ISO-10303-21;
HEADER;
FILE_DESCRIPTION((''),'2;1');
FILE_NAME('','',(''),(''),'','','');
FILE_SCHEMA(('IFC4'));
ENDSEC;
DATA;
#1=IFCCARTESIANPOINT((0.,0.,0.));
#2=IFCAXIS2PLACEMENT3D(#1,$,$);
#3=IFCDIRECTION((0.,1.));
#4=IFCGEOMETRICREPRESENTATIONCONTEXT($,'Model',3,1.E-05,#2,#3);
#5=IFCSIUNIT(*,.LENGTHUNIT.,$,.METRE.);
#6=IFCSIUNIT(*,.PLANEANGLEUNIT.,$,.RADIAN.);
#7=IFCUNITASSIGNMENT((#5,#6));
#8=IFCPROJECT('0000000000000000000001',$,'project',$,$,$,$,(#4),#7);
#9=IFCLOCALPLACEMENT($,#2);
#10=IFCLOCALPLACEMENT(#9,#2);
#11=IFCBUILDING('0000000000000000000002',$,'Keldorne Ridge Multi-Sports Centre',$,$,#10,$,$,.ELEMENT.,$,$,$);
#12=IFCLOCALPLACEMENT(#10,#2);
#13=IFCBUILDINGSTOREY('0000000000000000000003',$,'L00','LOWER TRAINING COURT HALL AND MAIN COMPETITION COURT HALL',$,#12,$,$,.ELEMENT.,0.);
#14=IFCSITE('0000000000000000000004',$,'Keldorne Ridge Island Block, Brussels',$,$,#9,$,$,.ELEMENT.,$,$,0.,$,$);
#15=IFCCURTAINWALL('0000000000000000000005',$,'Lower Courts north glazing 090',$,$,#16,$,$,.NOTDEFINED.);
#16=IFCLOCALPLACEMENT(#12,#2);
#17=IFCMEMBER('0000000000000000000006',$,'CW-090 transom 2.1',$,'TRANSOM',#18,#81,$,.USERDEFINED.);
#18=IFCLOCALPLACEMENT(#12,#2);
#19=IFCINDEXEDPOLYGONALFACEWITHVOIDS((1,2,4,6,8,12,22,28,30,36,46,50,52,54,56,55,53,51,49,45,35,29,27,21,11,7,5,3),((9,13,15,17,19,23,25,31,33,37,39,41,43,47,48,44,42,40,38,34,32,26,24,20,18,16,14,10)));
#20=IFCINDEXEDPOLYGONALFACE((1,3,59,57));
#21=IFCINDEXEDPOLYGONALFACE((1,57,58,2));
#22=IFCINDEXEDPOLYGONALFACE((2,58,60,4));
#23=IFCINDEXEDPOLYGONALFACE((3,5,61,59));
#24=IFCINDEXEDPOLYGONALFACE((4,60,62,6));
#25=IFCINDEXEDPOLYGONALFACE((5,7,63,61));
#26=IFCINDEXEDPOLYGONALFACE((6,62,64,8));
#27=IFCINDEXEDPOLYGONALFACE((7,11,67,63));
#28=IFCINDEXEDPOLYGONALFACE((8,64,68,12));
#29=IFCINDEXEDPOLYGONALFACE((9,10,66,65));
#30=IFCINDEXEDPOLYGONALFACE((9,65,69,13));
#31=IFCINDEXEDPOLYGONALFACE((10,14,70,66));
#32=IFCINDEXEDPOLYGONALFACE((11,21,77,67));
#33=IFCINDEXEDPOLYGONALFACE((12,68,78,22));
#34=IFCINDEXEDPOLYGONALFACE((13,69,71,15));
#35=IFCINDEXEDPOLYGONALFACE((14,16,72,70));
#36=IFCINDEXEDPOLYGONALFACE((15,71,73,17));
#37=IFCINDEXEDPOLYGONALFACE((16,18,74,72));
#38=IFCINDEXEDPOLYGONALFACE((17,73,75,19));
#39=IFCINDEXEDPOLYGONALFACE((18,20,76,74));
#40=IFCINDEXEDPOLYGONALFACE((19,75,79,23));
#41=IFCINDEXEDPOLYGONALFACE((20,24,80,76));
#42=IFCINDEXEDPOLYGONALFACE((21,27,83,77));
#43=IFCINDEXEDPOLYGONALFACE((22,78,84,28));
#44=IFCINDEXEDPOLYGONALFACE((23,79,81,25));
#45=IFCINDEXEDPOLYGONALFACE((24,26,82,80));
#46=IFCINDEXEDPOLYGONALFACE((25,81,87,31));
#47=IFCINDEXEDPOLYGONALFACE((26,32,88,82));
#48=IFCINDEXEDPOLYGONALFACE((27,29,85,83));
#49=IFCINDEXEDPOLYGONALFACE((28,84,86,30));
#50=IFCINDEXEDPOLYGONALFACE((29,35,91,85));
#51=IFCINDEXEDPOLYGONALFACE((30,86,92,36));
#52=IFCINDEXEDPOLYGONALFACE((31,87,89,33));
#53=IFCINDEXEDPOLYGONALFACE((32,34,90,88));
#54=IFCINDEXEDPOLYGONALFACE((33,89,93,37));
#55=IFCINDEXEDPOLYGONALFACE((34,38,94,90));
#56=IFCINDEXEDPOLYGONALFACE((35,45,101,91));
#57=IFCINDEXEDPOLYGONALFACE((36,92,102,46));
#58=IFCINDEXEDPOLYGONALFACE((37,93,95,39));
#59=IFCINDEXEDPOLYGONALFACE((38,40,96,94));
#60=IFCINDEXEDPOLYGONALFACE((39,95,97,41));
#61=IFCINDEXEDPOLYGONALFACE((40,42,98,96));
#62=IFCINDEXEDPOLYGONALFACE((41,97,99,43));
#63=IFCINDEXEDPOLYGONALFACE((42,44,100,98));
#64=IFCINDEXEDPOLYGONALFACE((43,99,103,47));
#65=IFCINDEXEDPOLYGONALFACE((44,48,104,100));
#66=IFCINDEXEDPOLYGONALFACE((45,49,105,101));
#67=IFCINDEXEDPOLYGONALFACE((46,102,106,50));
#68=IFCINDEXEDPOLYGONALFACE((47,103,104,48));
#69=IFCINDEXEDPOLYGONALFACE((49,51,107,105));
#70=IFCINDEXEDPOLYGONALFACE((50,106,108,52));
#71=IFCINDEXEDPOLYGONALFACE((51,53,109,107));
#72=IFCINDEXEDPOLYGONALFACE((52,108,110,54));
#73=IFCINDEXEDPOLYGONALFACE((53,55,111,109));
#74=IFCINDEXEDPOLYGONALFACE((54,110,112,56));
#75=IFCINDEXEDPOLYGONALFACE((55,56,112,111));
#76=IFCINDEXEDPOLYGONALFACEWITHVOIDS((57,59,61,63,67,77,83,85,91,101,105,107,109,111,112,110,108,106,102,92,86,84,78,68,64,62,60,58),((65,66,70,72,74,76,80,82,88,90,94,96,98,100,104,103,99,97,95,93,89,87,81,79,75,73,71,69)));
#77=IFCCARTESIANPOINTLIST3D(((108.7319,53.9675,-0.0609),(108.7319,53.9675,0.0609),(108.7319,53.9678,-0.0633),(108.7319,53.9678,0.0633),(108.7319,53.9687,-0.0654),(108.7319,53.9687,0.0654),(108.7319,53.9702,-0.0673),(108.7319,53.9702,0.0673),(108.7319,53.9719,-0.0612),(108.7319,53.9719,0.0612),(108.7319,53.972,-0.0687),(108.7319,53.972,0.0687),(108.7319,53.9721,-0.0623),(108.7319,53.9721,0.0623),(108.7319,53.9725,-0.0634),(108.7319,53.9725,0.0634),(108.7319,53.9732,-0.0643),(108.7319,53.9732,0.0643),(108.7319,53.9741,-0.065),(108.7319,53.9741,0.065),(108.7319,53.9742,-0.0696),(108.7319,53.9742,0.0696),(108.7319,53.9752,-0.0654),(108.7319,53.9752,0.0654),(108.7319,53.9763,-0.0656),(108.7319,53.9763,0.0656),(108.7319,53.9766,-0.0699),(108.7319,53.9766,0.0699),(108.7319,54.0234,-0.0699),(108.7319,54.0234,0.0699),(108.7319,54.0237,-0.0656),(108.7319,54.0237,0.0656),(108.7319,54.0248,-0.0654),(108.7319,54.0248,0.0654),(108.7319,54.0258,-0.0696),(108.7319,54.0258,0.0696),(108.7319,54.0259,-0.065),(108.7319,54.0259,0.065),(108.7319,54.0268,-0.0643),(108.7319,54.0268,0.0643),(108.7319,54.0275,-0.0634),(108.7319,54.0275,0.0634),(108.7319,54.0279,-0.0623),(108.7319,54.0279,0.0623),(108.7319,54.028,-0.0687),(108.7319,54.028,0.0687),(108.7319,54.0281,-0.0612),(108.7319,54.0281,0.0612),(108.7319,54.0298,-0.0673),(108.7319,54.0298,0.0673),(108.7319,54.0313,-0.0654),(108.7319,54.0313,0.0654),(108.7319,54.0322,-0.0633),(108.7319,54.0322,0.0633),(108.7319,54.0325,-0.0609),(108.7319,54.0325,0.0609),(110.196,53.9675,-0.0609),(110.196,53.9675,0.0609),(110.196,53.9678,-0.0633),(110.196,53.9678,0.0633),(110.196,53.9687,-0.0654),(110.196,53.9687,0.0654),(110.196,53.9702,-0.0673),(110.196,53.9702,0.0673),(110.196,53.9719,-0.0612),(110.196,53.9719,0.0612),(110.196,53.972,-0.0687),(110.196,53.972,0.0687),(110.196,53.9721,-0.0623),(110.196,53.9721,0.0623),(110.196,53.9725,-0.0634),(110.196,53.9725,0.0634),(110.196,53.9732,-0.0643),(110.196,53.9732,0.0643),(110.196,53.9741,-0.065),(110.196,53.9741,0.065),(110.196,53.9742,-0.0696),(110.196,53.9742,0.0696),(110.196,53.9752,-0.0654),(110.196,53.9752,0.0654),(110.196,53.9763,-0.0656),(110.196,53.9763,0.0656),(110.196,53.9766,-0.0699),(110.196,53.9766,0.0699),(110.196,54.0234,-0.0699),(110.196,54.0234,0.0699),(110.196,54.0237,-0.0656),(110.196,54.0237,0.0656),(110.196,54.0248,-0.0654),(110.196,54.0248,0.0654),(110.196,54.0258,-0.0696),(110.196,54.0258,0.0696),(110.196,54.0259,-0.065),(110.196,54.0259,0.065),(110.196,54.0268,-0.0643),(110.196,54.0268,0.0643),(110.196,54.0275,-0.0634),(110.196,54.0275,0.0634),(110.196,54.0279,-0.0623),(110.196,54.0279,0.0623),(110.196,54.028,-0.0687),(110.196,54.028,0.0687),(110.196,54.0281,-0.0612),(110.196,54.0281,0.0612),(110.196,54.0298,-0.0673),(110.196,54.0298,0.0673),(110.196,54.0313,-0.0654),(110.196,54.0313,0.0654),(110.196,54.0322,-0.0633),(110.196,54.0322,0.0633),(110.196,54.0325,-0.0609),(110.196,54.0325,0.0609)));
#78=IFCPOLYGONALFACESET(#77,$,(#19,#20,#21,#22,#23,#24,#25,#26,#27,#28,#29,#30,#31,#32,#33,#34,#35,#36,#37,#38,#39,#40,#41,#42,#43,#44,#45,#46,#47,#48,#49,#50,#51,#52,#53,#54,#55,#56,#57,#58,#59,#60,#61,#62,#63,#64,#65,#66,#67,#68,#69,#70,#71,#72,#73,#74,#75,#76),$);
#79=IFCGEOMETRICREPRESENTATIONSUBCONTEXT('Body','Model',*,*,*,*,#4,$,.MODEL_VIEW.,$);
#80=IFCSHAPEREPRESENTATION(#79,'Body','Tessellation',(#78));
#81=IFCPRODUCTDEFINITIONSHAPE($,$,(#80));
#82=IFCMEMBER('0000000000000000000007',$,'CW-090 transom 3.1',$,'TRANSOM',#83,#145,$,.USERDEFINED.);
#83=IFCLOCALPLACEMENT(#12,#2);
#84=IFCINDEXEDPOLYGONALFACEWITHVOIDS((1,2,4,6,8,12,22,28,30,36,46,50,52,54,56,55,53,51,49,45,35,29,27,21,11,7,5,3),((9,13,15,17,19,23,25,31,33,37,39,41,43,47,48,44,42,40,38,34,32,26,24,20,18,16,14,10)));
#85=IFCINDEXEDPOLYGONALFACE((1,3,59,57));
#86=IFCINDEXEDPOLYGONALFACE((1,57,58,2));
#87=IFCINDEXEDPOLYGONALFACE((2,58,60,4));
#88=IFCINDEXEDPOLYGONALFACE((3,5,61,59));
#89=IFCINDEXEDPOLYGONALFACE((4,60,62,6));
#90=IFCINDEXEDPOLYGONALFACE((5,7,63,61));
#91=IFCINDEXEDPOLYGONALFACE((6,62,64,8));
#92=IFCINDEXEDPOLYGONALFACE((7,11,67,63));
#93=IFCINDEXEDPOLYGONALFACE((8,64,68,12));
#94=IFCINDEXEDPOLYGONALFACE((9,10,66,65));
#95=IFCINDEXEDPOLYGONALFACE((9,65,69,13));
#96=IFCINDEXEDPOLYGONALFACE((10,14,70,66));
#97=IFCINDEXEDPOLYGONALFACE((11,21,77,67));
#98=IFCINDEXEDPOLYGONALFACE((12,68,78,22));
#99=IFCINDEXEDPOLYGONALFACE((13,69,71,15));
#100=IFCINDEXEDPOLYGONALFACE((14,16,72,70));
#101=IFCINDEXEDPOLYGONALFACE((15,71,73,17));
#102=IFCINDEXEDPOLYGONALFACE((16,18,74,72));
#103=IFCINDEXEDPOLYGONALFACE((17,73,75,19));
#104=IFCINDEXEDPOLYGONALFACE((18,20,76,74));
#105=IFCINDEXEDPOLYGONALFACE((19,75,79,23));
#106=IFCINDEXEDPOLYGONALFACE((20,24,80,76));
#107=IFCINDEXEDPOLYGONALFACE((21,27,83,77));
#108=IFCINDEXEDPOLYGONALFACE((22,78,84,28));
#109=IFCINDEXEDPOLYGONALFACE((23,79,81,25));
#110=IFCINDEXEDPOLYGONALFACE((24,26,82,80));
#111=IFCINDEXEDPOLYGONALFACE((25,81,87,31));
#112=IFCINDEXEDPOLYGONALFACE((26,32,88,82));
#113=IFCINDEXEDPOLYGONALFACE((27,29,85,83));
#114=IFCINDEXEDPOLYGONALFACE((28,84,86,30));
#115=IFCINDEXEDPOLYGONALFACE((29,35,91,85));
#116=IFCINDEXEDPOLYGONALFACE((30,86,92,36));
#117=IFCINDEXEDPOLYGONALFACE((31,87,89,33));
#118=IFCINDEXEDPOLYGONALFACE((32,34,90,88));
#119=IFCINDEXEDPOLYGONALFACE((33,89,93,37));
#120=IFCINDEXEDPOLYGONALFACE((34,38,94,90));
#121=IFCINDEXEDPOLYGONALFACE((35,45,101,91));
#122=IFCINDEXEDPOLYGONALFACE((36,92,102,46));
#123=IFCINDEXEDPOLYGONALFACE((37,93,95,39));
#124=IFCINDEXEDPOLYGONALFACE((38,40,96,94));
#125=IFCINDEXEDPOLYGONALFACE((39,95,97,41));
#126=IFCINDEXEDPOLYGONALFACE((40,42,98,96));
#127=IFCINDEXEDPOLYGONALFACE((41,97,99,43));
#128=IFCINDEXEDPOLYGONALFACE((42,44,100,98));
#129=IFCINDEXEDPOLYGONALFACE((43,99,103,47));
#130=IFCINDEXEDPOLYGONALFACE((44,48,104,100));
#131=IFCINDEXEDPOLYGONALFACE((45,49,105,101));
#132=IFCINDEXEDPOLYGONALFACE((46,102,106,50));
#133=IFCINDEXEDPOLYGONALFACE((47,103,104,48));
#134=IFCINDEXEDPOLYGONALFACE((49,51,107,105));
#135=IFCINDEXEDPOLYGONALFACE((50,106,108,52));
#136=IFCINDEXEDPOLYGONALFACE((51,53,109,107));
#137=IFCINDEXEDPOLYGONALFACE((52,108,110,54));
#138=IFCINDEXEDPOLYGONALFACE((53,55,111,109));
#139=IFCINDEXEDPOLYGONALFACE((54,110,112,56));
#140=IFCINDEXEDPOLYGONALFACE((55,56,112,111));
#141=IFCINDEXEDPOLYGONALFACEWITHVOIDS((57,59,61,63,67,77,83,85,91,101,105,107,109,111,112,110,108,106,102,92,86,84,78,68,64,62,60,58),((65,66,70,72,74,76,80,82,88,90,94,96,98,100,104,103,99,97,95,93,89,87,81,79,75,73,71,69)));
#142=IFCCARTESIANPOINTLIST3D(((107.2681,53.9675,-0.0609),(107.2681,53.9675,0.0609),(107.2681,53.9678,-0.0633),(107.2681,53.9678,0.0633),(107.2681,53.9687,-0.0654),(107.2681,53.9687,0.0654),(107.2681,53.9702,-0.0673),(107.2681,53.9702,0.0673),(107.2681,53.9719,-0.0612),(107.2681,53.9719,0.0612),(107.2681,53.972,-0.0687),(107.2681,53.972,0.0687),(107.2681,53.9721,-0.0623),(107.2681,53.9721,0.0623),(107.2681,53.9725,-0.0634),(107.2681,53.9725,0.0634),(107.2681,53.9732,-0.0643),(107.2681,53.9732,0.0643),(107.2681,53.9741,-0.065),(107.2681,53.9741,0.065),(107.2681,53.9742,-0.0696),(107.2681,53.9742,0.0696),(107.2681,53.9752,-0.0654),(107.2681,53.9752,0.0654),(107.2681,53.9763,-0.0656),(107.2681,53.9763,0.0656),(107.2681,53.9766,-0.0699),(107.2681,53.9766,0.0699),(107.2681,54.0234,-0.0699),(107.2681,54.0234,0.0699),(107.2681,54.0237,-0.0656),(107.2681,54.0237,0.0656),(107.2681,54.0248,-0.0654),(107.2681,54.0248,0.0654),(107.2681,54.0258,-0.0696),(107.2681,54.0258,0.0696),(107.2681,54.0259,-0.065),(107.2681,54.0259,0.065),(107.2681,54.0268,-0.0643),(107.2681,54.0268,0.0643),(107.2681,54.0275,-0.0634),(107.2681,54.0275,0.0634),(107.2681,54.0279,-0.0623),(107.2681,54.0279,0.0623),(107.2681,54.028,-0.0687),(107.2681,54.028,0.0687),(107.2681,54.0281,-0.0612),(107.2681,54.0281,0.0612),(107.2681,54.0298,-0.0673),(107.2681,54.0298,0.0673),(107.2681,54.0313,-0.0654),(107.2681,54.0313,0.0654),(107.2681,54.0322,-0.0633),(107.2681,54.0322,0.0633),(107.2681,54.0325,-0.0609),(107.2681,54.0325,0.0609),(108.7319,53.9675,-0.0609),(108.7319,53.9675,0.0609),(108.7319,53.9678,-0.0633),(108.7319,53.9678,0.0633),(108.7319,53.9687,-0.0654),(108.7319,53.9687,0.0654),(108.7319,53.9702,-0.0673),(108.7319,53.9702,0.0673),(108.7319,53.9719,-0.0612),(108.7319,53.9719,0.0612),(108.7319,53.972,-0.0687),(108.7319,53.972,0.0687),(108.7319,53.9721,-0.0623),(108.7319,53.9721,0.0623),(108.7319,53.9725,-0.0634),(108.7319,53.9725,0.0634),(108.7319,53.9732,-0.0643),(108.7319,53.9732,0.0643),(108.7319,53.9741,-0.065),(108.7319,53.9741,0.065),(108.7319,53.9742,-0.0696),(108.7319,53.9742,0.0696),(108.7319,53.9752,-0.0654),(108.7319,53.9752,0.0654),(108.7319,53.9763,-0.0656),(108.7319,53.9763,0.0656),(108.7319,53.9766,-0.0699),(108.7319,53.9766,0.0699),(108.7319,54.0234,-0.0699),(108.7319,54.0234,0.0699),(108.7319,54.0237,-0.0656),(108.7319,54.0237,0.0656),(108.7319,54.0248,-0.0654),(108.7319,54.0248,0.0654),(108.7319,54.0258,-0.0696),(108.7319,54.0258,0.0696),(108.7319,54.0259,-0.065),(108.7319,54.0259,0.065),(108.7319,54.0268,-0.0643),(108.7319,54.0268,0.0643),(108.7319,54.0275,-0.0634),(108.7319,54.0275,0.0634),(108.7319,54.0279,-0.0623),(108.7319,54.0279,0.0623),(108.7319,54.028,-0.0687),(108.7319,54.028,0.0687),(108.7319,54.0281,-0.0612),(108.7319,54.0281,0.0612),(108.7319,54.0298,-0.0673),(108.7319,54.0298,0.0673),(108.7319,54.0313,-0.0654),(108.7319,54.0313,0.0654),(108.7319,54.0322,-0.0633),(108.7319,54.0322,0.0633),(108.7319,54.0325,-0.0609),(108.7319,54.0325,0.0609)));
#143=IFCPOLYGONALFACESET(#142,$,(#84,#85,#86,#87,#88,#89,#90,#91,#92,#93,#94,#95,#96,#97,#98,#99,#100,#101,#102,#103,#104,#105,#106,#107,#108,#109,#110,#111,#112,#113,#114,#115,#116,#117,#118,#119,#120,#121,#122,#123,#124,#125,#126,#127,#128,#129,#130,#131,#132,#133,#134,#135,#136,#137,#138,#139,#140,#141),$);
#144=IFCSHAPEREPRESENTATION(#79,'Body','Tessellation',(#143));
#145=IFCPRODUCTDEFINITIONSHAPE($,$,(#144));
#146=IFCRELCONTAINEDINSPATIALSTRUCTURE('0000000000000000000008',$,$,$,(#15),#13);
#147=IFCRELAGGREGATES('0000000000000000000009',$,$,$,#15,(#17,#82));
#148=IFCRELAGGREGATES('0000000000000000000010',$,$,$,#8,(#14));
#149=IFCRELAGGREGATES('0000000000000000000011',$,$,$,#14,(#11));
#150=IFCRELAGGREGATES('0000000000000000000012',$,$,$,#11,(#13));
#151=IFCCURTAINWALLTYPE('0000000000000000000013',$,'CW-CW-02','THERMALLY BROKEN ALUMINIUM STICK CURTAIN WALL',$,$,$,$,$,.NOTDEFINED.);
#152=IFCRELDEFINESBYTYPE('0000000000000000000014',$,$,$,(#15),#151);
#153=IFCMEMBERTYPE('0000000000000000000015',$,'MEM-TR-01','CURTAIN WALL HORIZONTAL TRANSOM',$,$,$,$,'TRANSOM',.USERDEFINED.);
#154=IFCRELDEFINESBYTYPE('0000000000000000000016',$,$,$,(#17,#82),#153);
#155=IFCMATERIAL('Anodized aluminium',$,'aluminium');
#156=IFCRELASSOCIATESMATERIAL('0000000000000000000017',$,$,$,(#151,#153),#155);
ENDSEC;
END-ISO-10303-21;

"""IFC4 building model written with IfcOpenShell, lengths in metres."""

from ifc_helpers import new_model, si_unit, direction, frame, origin, origin_2d, place, context, subcontext, project, spatial, hollow_rectangle, extrude, material, material_profile, profile_set, type_object, element, aggregate, save


model = new_model("IFC4")

# Units and contexts
model_context = context("Model", 3, precision=1e-05, world=origin(), true_north=direction((0.0, 1.0)))
body_context = subcontext(model_context, "Body", "Model", "MODEL_VIEW")
ifc_project = project(units=[si_unit("LENGTHUNIT", "METRE"), si_unit("PLANEANGLEUNIT", "RADIAN")], contexts=[model_context])

# Site, building, storey
site_placement = place(None, origin())
site = spatial("IfcSite", under=ifc_project, at=site_placement, Name="Keldorne Ridge Island Block, Brussels", CompositionType="ELEMENT", RefElevation=0.0)
building_placement = place(site_placement, origin())
building = spatial("IfcBuilding", under=site, at=building_placement, Name="Keldorne Ridge Multi-Sports Centre", CompositionType="ELEMENT")
storey_placement = place(building_placement, origin())
storey = spatial("IfcBuildingStorey", under=building, at=storey_placement, Name="L00", Description="LOWER TRAINING COURT HALL AND MAIN COMPETITION COURT HALL", CompositionType="ELEMENT", Elevation=0.0)

# Curtain wall
ifc_material_1 = material(Name="Anodized aluminium", Category="aluminium")
curtain_wall_type_1 = type_object("IfcCurtainWallType", Name="CW-CW-02", Description="THERMALLY BROKEN ALUMINIUM STICK CURTAIN WALL", PredefinedType="NOTDEFINED", material=ifc_material_1)
curtain_wall_1_placement = place(storey_placement, origin())
curtain_wall_1 = element("IfcCurtainWall", 1, at=curtain_wall_1_placement, inside=storey, type_object=curtain_wall_type_1, Name="Lower Courts north glazing 090", PredefinedType="NOTDEFINED")

# Members
ifc_material_profile_1 = material_profile(ifc_material_1, hollow_rectangle(XDim=0.0649, YDim=0.1399, WallThickness=0.0044, InnerFilletRadius=0.0044, OuterFilletRadius=0.009, at=origin_2d()), Name="ALU TRANSOM 140x65x4.5")
ifc_profile_set_1 = profile_set([ifc_material_profile_1], Name="Anodized aluminium")
member_type_1 = type_object("IfcMemberType", Name="MEM-TR-01", Description="CURTAIN WALL HORIZONTAL TRANSOM", ElementType="TRANSOM", PredefinedType="USERDEFINED", material=ifc_profile_set_1)
member_1_placement = place(storey_placement, frame((110.196, 54.0, 0.0), z_axis=(-1.0, 0.0, 0.0), x_axis=(0.0, -1.0, 0.0)))
member_1 = element("IfcMember", 2, at=member_1_placement, type_object=member_type_1, Name="CW-090 transom 2.1", ObjectType="TRANSOM", PredefinedType="USERDEFINED", context=body_context, shape_type="SweptSolid", body=[
    extrude(hollow_rectangle(XDim=0.0649, YDim=0.1399, WallThickness=0.0044, InnerFilletRadius=0.0044, OuterFilletRadius=0.009, at=origin_2d()), origin(), (0.0, 0.0, 1.0), 1.4641),
])
member_2_placement = place(storey_placement, frame((108.7319, 54.0, 0.0), z_axis=(-1.0, 0.0, 0.0), x_axis=(0.0, -1.0, 0.0)))
member_2 = element("IfcMember", 3, at=member_2_placement, type_object=member_type_1, Name="CW-090 transom 3.1", ObjectType="TRANSOM", PredefinedType="USERDEFINED", context=body_context, shape_type="SweptSolid", body=[
    extrude(hollow_rectangle(XDim=0.0649, YDim=0.1399, WallThickness=0.0044, InnerFilletRadius=0.0044, OuterFilletRadius=0.009, at=origin_2d()), origin(), (0.0, 0.0, 1.0), 1.4639),
])

aggregate(curtain_wall_1, [member_1, member_2])

save(model, "model.ifc")
